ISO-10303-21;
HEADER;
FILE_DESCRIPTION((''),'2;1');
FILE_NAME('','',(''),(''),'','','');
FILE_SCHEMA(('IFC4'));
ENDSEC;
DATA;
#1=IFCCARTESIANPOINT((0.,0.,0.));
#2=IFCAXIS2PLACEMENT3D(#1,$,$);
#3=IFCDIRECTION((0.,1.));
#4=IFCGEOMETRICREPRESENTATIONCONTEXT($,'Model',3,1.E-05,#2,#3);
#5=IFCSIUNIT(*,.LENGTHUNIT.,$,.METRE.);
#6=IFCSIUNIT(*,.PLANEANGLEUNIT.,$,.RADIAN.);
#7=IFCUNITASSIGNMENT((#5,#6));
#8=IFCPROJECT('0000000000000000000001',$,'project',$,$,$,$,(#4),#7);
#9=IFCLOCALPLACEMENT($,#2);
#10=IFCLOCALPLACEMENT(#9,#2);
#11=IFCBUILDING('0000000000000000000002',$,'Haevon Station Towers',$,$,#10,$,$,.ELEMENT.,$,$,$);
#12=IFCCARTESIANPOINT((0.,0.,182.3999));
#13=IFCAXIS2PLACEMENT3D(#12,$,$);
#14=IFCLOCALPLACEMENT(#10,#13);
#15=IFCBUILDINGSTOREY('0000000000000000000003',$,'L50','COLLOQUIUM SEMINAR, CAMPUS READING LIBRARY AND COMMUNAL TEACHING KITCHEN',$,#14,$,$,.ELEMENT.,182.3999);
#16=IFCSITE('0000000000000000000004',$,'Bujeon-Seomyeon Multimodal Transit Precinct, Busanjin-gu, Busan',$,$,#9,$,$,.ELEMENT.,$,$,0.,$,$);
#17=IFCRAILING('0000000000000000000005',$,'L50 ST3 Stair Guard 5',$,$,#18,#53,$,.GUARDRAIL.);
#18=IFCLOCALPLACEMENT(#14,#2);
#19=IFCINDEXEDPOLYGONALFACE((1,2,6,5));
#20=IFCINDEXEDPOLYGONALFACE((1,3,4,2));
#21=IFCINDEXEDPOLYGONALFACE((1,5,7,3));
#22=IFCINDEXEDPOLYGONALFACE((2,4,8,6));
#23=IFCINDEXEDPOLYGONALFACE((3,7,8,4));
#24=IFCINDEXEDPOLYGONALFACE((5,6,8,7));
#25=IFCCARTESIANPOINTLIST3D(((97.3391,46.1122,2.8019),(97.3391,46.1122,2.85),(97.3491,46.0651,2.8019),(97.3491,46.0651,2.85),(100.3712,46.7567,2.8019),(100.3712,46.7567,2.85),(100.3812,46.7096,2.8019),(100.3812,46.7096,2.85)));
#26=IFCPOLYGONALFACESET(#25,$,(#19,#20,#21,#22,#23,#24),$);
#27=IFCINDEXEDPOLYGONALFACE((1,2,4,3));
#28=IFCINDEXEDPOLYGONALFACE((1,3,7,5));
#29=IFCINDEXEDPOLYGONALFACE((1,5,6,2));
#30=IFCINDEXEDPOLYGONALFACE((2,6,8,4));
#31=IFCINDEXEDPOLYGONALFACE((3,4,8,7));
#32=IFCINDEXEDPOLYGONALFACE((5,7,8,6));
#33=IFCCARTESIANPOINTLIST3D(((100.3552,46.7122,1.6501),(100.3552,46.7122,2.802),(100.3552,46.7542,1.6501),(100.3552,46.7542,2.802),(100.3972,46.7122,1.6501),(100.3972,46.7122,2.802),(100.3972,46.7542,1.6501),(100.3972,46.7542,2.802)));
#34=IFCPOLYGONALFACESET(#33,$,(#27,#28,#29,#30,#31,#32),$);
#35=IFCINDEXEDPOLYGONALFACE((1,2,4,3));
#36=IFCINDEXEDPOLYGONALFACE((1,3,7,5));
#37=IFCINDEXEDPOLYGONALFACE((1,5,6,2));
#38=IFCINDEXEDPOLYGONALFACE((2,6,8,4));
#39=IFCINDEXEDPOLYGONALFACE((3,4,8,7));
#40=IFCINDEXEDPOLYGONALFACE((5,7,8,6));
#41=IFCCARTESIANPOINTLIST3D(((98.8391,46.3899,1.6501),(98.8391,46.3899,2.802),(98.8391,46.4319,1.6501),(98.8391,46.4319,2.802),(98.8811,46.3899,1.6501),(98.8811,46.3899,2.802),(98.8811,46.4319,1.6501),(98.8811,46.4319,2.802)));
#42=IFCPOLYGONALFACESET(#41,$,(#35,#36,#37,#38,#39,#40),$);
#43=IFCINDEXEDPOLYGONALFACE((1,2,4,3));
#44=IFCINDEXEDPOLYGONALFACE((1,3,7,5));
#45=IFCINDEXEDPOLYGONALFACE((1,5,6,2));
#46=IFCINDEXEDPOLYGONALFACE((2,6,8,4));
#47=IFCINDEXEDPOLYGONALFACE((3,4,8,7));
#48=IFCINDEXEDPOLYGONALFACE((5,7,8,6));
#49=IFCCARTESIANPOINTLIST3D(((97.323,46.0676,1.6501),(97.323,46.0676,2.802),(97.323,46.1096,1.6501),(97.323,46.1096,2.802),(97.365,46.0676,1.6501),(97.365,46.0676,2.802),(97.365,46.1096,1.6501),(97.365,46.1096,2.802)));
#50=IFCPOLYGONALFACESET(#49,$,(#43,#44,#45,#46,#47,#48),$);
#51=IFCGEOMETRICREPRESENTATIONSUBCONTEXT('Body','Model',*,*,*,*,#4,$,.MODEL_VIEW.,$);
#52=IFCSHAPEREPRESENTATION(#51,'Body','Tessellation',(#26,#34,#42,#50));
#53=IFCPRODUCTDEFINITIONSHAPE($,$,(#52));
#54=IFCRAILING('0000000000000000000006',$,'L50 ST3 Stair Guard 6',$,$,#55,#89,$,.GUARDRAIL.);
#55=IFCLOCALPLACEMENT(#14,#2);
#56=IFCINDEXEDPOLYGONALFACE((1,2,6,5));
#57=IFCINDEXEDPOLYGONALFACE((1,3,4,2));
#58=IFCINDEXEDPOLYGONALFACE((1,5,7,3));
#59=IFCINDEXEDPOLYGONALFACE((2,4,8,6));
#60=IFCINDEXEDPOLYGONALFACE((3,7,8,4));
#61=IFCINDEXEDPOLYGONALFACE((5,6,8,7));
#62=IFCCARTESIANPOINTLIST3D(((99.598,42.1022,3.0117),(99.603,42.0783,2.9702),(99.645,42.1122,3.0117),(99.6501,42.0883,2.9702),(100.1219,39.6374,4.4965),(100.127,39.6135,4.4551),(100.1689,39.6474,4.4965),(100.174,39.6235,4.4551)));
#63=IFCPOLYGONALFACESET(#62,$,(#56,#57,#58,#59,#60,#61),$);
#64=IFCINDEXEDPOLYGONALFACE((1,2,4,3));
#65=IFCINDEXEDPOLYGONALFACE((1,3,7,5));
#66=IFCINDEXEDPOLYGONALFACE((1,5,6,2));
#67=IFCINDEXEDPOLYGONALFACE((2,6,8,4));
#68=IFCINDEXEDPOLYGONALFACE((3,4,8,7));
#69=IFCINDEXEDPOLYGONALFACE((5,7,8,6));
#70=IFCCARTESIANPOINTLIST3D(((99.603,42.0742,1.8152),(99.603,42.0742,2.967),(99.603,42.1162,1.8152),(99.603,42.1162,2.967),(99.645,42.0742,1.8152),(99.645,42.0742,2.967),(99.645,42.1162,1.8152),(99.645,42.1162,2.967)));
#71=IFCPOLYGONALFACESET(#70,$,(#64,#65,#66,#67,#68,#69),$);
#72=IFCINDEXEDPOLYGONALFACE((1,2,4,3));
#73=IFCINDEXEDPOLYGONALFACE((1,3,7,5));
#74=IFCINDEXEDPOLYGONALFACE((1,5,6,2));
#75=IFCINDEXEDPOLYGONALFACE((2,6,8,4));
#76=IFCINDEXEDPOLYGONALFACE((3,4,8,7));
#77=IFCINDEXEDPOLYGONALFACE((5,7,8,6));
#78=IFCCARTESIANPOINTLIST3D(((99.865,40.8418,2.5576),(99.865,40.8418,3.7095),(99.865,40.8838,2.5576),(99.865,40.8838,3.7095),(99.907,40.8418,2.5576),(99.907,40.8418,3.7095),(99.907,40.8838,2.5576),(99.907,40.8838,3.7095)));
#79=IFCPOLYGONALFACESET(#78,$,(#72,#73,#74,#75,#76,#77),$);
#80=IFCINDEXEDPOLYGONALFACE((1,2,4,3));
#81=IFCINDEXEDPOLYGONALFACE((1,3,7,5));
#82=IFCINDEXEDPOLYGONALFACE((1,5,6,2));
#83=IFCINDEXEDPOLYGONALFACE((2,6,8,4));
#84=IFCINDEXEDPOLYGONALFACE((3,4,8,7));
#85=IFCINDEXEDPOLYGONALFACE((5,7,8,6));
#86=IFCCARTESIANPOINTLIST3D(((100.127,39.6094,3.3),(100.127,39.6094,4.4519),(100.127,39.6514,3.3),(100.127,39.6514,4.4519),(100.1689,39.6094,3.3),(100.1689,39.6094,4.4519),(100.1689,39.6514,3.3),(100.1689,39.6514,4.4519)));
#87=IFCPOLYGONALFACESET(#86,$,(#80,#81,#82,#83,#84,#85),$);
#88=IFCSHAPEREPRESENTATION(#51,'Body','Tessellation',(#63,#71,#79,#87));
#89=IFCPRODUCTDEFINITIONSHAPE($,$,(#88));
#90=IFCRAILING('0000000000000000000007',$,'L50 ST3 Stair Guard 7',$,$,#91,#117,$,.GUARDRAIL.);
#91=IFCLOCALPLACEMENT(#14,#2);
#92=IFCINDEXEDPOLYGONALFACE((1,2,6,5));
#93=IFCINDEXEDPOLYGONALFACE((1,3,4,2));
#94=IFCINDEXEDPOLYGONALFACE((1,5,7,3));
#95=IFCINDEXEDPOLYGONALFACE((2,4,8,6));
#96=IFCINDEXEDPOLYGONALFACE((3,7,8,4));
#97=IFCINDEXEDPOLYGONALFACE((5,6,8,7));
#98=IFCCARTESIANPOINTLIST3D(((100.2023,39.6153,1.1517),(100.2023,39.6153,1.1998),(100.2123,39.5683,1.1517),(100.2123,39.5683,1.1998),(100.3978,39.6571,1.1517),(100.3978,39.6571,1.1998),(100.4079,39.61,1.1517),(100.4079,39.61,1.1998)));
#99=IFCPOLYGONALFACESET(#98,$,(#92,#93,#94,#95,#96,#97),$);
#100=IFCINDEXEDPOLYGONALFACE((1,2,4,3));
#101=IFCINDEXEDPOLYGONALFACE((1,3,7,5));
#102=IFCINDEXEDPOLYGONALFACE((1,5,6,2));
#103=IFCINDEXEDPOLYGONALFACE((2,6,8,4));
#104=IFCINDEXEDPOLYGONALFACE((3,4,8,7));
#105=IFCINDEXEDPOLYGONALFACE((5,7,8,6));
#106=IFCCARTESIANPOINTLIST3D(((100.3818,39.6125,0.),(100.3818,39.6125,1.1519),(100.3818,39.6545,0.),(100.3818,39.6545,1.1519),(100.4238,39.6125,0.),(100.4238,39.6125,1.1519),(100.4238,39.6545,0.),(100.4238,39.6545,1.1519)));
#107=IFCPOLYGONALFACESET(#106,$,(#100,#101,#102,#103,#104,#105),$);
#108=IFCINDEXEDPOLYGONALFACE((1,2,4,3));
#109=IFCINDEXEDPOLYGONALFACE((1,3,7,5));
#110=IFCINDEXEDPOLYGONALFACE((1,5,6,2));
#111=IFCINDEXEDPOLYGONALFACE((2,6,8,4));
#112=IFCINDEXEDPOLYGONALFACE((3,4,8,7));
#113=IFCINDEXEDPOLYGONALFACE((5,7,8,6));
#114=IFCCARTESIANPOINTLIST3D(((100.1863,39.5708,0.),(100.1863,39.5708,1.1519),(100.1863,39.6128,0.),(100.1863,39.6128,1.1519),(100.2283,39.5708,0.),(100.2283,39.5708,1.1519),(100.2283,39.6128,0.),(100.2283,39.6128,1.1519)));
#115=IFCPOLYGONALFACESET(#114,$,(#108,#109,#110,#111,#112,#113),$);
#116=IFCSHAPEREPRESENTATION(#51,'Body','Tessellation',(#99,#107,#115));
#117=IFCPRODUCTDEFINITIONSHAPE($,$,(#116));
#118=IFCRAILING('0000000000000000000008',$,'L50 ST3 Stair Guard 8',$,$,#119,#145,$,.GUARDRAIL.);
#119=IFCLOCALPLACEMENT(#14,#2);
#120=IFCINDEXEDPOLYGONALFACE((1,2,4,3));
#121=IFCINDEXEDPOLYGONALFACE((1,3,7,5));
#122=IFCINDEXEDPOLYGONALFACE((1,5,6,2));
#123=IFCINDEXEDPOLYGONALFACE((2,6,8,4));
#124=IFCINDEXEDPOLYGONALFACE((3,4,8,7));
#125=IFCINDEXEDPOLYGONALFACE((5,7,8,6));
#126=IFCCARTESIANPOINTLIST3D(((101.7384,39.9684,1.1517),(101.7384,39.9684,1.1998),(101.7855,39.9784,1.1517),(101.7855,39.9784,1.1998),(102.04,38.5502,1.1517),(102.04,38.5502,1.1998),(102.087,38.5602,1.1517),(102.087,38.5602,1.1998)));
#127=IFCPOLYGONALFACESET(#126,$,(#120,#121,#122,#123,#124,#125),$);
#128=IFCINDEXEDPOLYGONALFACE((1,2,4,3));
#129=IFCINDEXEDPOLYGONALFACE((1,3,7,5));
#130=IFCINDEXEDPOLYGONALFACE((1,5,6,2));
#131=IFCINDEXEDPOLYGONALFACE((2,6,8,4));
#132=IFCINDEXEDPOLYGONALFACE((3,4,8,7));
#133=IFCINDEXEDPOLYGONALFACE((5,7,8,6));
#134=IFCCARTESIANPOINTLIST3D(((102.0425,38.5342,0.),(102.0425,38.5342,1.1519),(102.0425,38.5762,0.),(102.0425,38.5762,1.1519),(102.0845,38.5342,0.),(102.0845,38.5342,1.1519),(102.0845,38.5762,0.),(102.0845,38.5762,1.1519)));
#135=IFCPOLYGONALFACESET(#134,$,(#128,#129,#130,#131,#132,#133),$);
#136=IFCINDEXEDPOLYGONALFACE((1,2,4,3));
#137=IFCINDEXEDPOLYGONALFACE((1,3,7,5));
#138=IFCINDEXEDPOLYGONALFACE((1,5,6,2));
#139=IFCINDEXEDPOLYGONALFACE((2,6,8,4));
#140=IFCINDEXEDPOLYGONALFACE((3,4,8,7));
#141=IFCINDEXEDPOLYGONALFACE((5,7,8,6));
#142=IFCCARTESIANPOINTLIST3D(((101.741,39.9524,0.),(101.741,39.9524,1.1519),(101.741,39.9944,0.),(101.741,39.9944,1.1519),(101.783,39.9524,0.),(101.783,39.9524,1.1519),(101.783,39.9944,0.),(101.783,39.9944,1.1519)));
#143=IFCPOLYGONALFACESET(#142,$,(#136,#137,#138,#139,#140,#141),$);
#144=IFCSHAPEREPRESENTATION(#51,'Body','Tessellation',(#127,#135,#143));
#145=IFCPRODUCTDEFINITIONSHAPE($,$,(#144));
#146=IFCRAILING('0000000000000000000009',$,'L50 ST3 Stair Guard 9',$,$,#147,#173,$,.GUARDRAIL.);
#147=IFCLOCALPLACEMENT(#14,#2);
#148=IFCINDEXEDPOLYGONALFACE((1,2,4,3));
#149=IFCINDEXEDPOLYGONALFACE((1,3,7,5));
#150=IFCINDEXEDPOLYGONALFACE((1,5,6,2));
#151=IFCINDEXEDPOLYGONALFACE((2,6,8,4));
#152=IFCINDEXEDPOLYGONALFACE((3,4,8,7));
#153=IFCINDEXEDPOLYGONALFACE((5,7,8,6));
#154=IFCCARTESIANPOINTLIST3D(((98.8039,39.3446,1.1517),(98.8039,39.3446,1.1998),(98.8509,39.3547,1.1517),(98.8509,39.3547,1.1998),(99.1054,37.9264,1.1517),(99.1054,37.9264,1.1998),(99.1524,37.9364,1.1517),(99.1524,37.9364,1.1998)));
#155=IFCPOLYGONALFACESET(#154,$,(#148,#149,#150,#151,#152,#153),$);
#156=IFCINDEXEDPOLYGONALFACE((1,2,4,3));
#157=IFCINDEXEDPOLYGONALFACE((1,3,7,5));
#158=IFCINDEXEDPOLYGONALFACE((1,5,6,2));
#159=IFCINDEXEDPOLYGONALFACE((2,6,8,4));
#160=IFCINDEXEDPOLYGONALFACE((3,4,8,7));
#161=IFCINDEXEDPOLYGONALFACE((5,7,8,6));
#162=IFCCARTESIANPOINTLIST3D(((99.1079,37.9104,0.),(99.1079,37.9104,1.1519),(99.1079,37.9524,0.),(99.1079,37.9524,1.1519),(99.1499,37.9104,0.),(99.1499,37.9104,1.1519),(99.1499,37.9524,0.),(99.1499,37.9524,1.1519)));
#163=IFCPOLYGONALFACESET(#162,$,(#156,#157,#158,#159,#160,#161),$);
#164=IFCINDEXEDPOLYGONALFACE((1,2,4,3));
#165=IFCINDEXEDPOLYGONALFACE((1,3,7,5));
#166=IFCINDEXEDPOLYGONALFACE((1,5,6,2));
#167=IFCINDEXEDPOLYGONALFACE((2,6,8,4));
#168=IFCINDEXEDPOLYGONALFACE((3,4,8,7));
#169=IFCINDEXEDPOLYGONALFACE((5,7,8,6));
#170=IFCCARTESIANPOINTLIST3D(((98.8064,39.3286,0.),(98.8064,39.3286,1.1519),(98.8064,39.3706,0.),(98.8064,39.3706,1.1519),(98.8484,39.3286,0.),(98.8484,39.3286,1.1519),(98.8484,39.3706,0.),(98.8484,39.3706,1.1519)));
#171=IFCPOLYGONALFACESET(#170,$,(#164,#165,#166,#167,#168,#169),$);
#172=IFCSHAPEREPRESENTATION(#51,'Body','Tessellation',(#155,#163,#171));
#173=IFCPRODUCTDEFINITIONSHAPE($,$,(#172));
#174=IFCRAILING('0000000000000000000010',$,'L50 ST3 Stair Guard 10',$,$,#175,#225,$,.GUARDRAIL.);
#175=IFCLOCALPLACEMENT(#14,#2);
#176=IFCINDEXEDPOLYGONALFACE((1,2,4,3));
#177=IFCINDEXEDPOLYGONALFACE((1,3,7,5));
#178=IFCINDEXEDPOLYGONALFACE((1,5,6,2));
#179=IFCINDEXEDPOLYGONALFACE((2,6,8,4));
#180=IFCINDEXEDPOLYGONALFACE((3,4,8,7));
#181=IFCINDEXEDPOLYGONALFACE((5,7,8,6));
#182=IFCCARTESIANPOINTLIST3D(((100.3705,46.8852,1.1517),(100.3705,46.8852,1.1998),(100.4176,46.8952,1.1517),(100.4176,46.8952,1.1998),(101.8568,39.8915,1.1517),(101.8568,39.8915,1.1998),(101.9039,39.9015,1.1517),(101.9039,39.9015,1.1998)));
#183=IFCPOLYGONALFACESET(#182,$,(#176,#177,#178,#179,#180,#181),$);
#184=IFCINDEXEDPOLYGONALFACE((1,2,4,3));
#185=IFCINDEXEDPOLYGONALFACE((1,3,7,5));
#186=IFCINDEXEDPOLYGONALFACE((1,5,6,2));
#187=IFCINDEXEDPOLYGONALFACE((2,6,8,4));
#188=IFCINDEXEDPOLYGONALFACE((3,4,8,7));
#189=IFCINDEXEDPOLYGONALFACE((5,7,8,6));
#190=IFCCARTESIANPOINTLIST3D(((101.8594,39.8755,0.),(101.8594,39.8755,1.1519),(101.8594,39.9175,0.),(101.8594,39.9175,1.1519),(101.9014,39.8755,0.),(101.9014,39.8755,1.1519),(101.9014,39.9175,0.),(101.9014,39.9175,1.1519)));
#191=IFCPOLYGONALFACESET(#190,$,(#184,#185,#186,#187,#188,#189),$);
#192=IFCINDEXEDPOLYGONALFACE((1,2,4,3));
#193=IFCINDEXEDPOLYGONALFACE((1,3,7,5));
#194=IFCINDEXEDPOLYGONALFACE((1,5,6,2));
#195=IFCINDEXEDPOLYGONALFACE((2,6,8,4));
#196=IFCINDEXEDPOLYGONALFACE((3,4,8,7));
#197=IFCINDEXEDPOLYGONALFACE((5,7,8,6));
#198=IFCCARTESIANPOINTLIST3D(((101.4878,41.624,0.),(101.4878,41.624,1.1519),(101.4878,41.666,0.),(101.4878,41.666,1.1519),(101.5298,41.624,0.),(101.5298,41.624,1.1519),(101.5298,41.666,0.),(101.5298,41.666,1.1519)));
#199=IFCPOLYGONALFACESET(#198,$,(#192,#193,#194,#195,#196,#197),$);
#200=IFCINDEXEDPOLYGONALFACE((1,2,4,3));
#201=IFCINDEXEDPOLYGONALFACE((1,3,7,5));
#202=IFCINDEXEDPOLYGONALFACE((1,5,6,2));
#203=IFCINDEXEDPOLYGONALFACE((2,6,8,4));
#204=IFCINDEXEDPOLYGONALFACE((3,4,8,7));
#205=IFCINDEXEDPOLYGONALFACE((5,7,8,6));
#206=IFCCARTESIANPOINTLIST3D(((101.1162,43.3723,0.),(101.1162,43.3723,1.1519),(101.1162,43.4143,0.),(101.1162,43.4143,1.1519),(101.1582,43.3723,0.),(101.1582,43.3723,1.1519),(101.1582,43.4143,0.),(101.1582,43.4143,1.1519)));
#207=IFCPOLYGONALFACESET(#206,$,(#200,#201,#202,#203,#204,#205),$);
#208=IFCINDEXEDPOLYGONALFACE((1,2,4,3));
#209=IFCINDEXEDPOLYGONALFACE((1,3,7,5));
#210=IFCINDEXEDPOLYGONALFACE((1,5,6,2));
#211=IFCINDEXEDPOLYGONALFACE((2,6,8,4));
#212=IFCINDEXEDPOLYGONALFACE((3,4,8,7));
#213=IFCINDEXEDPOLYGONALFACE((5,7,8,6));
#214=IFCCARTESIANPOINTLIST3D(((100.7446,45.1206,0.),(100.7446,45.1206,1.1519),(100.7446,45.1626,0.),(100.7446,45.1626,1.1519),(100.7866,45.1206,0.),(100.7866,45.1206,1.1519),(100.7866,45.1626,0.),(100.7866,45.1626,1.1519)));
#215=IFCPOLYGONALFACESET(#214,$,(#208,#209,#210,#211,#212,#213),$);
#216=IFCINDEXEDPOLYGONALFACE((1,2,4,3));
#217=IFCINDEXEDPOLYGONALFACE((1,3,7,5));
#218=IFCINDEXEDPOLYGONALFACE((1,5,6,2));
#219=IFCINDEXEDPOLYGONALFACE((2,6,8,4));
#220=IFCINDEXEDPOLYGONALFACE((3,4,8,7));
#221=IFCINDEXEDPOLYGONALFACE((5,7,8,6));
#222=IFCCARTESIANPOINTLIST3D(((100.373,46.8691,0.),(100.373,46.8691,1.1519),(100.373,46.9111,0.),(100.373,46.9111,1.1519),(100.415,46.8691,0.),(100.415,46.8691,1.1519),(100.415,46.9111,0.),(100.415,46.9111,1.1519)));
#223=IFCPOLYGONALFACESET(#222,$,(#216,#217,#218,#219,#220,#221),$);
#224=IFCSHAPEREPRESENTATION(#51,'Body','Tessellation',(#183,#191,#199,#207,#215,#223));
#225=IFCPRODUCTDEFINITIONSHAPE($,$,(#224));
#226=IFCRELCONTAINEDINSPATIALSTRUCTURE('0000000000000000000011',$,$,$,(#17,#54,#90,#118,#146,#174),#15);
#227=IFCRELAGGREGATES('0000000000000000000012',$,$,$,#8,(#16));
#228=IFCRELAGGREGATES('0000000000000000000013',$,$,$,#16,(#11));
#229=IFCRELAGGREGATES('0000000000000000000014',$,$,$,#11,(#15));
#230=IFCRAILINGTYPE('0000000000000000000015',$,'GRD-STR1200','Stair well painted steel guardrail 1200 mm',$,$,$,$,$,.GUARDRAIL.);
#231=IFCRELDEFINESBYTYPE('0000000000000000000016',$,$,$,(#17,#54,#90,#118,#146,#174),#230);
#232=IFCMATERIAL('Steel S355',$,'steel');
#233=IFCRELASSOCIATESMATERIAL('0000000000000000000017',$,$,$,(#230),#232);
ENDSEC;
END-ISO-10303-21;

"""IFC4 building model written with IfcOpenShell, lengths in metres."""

from ifc_helpers import new_model, si_unit, direction, frame, origin, origin_2d, place, context, subcontext, project, spatial, rectangle, extrude, material, type_object, element, save


model = new_model("IFC4")

# Units and contexts
model_context = context("Model", 3, precision=1e-05, world=origin(), true_north=direction((0.0, 1.0)))
body_context = subcontext(model_context, "Body", "Model", "MODEL_VIEW")
ifc_project = project(units=[si_unit("LENGTHUNIT", "METRE"), si_unit("PLANEANGLEUNIT", "RADIAN")], contexts=[model_context])

# Site, building, storey
site_placement = place(None, origin())
site = spatial("IfcSite", under=ifc_project, at=site_placement, Name="Bujeon-Seomyeon Multimodal Transit Precinct, Busanjin-gu, Busan", CompositionType="ELEMENT", RefElevation=0.0)
building_placement = place(site_placement, origin())
building = spatial("IfcBuilding", under=site, at=building_placement, Name="Haevon Station Towers", CompositionType="ELEMENT")
storey_placement = place(building_placement, frame((0.0, 0.0, 182.3999)))
storey = spatial("IfcBuildingStorey", under=building, at=storey_placement, Name="L50", Description="COLLOQUIUM SEMINAR, CAMPUS READING LIBRARY AND COMMUNAL TEACHING KITCHEN", CompositionType="ELEMENT", Elevation=182.3999)

# Shared definitions
ifc_material_1 = material(Name="Steel S355", Category="steel")

# Railings
railing_type_1 = type_object("IfcRailingType", Name="GRD-STR1200", Description="Stair well painted steel guardrail 1200 mm", PredefinedType="GUARDRAIL", material=ifc_material_1)
railing_1_placement = place(storey_placement, frame((100.3762, 46.7332, 1.6501)))
element("IfcRailing", 1, at=railing_1_placement, inside=storey, type_object=railing_type_1, Name="L50 ST3 Stair Guard 5", PredefinedType="GUARDRAIL", context=body_context, shape_type="SweptSolid", body=[
    extrude(rectangle(XDim=0.0481, YDim=0.0481, at=origin_2d()), frame((0.0, 0.0, 1.1758), z_axis=(-0.978147, -0.207915, 0.0), x_axis=(0.207915, -0.978147, 0.0)), (0.0, 0.0, 1.0), 3.0999),
    extrude(rectangle(XDim=0.042, YDim=0.042, at=origin_2d()), origin(), (0.0, 0.0, 1.0), 1.1519),
    extrude(rectangle(XDim=0.042, YDim=0.042, at=origin_2d()), frame((-1.5161, -0.3223, 0.0)), (0.0, 0.0, 1.0), 1.1519),
    extrude(rectangle(XDim=0.042, YDim=0.042, at=origin_2d()), frame((-3.0322, -0.6445, 0.0)), (0.0, 0.0, 1.0), 1.1519),
])
railing_2_placement = place(storey_placement, frame((99.624, 42.0952, 1.8152)))
element("IfcRailing", 2, at=railing_2_placement, inside=storey, type_object=railing_type_1, Name="L50 ST3 Stair Guard 6", PredefinedType="GUARDRAIL", context=body_context, shape_type="SweptSolid", body=[
    extrude(rectangle(XDim=0.0481, YDim=0.0481, at=origin_2d()), frame((0.0, 0.0, 1.1758), z_axis=(0.179129, -0.842724, 0.507671), x_axis=(0.978147, 0.207914, 0.0)), (0.0, 0.0, 1.0), 2.9248),
    extrude(rectangle(XDim=0.042, YDim=0.042, at=origin_2d()), origin(), (0.0, 0.0, 1.0), 1.1519),
    extrude(rectangle(XDim=0.042, YDim=0.042, at=origin_2d()), frame((0.262, -1.2324, 0.7424)), (0.0, 0.0, 1.0), 1.1519),
    extrude(rectangle(XDim=0.042, YDim=0.042, at=origin_2d()), frame((0.5239, -2.4648, 1.4849)), (0.0, 0.0, 1.0), 1.1519),
])
railing_3_placement = place(storey_placement, frame((100.4028, 39.6335, 0.0)))
element("IfcRailing", 3, at=railing_3_placement, inside=storey, type_object=railing_type_1, Name="L50 ST3 Stair Guard 7", PredefinedType="GUARDRAIL", context=body_context, shape_type="SweptSolid", body=[
    extrude(rectangle(XDim=0.0481, YDim=0.0481, at=origin_2d()), frame((0.0, 0.0, 1.1758), z_axis=(-0.977963, -0.208779, 0.0), x_axis=(0.208779, -0.977963, 0.0)), (0.0, 0.0, 1.0), 0.2),
    extrude(rectangle(XDim=0.042, YDim=0.042, at=origin_2d()), origin(), (0.0, 0.0, 1.0), 1.1519),
    extrude(rectangle(XDim=0.042, YDim=0.042, at=origin_2d()), frame((-0.1956, -0.0417, 0.0)), (0.0, 0.0, 1.0), 1.1519),
])
for number, where, name in (
    (4, (102.0635, 38.5552, 0.0), "L50 ST3 Stair Guard 8"),
    (5, (99.1289, 37.9314, 0.0), "L50 ST3 Stair Guard 9"),
):
    element("IfcRailing", number, at=place(storey_placement, frame(where)), inside=storey, type_object=railing_type_1, Name=name, PredefinedType="GUARDRAIL", context=body_context, shape_type="SweptSolid", body=[
        extrude(rectangle(XDim=0.0481, YDim=0.0481, at=origin_2d()), frame((0.0, 0.0, 1.1758), z_axis=(-0.207953, 0.978139, 0.0), x_axis=(-0.978139, -0.207953, 0.0)), (0.0, 0.0, 1.0), 1.45),
        extrude(rectangle(XDim=0.042, YDim=0.042, at=origin_2d()), origin(), (0.0, 0.0, 1.0), 1.1519),
        extrude(rectangle(XDim=0.042, YDim=0.042, at=origin_2d()), frame((-0.3015, 1.4182, 0.0)), (0.0, 0.0, 1.0), 1.1519),
    ])
railing_4_placement = place(storey_placement, frame((101.8804, 39.8965, 0.0)))
element("IfcRailing", 6, at=railing_4_placement, inside=storey, type_object=railing_type_1, Name="L50 ST3 Stair Guard 10", PredefinedType="GUARDRAIL", context=body_context, shape_type="SweptSolid", body=[
    extrude(rectangle(XDim=0.0481, YDim=0.0481, at=origin_2d()), frame((0.0, 0.0, 1.1758), z_axis=(-0.207882, 0.978154, 0.0), x_axis=(-0.978154, -0.207882, 0.0)), (0.0, 0.0, 1.0), 7.1499),
    extrude(rectangle(XDim=0.042, YDim=0.042, at=origin_2d()), origin(), (0.0, 0.0, 1.0), 1.1519),
    extrude(rectangle(XDim=0.042, YDim=0.042, at=origin_2d()), frame((-0.3716, 1.7485, 0.0)), (0.0, 0.0, 1.0), 1.1519),
    extrude(rectangle(XDim=0.042, YDim=0.042, at=origin_2d()), frame((-0.7432, 3.4968, 0.0)), (0.0, 0.0, 1.0), 1.1519),
    extrude(rectangle(XDim=0.042, YDim=0.042, at=origin_2d()), frame((-1.1147, 5.2451, 0.0)), (0.0, 0.0, 1.0), 1.1519),
    extrude(rectangle(XDim=0.042, YDim=0.042, at=origin_2d()), frame((-1.4863, 6.9937, 0.0)), (0.0, 0.0, 1.0), 1.1519),
])

save(model, "model.ifc")
